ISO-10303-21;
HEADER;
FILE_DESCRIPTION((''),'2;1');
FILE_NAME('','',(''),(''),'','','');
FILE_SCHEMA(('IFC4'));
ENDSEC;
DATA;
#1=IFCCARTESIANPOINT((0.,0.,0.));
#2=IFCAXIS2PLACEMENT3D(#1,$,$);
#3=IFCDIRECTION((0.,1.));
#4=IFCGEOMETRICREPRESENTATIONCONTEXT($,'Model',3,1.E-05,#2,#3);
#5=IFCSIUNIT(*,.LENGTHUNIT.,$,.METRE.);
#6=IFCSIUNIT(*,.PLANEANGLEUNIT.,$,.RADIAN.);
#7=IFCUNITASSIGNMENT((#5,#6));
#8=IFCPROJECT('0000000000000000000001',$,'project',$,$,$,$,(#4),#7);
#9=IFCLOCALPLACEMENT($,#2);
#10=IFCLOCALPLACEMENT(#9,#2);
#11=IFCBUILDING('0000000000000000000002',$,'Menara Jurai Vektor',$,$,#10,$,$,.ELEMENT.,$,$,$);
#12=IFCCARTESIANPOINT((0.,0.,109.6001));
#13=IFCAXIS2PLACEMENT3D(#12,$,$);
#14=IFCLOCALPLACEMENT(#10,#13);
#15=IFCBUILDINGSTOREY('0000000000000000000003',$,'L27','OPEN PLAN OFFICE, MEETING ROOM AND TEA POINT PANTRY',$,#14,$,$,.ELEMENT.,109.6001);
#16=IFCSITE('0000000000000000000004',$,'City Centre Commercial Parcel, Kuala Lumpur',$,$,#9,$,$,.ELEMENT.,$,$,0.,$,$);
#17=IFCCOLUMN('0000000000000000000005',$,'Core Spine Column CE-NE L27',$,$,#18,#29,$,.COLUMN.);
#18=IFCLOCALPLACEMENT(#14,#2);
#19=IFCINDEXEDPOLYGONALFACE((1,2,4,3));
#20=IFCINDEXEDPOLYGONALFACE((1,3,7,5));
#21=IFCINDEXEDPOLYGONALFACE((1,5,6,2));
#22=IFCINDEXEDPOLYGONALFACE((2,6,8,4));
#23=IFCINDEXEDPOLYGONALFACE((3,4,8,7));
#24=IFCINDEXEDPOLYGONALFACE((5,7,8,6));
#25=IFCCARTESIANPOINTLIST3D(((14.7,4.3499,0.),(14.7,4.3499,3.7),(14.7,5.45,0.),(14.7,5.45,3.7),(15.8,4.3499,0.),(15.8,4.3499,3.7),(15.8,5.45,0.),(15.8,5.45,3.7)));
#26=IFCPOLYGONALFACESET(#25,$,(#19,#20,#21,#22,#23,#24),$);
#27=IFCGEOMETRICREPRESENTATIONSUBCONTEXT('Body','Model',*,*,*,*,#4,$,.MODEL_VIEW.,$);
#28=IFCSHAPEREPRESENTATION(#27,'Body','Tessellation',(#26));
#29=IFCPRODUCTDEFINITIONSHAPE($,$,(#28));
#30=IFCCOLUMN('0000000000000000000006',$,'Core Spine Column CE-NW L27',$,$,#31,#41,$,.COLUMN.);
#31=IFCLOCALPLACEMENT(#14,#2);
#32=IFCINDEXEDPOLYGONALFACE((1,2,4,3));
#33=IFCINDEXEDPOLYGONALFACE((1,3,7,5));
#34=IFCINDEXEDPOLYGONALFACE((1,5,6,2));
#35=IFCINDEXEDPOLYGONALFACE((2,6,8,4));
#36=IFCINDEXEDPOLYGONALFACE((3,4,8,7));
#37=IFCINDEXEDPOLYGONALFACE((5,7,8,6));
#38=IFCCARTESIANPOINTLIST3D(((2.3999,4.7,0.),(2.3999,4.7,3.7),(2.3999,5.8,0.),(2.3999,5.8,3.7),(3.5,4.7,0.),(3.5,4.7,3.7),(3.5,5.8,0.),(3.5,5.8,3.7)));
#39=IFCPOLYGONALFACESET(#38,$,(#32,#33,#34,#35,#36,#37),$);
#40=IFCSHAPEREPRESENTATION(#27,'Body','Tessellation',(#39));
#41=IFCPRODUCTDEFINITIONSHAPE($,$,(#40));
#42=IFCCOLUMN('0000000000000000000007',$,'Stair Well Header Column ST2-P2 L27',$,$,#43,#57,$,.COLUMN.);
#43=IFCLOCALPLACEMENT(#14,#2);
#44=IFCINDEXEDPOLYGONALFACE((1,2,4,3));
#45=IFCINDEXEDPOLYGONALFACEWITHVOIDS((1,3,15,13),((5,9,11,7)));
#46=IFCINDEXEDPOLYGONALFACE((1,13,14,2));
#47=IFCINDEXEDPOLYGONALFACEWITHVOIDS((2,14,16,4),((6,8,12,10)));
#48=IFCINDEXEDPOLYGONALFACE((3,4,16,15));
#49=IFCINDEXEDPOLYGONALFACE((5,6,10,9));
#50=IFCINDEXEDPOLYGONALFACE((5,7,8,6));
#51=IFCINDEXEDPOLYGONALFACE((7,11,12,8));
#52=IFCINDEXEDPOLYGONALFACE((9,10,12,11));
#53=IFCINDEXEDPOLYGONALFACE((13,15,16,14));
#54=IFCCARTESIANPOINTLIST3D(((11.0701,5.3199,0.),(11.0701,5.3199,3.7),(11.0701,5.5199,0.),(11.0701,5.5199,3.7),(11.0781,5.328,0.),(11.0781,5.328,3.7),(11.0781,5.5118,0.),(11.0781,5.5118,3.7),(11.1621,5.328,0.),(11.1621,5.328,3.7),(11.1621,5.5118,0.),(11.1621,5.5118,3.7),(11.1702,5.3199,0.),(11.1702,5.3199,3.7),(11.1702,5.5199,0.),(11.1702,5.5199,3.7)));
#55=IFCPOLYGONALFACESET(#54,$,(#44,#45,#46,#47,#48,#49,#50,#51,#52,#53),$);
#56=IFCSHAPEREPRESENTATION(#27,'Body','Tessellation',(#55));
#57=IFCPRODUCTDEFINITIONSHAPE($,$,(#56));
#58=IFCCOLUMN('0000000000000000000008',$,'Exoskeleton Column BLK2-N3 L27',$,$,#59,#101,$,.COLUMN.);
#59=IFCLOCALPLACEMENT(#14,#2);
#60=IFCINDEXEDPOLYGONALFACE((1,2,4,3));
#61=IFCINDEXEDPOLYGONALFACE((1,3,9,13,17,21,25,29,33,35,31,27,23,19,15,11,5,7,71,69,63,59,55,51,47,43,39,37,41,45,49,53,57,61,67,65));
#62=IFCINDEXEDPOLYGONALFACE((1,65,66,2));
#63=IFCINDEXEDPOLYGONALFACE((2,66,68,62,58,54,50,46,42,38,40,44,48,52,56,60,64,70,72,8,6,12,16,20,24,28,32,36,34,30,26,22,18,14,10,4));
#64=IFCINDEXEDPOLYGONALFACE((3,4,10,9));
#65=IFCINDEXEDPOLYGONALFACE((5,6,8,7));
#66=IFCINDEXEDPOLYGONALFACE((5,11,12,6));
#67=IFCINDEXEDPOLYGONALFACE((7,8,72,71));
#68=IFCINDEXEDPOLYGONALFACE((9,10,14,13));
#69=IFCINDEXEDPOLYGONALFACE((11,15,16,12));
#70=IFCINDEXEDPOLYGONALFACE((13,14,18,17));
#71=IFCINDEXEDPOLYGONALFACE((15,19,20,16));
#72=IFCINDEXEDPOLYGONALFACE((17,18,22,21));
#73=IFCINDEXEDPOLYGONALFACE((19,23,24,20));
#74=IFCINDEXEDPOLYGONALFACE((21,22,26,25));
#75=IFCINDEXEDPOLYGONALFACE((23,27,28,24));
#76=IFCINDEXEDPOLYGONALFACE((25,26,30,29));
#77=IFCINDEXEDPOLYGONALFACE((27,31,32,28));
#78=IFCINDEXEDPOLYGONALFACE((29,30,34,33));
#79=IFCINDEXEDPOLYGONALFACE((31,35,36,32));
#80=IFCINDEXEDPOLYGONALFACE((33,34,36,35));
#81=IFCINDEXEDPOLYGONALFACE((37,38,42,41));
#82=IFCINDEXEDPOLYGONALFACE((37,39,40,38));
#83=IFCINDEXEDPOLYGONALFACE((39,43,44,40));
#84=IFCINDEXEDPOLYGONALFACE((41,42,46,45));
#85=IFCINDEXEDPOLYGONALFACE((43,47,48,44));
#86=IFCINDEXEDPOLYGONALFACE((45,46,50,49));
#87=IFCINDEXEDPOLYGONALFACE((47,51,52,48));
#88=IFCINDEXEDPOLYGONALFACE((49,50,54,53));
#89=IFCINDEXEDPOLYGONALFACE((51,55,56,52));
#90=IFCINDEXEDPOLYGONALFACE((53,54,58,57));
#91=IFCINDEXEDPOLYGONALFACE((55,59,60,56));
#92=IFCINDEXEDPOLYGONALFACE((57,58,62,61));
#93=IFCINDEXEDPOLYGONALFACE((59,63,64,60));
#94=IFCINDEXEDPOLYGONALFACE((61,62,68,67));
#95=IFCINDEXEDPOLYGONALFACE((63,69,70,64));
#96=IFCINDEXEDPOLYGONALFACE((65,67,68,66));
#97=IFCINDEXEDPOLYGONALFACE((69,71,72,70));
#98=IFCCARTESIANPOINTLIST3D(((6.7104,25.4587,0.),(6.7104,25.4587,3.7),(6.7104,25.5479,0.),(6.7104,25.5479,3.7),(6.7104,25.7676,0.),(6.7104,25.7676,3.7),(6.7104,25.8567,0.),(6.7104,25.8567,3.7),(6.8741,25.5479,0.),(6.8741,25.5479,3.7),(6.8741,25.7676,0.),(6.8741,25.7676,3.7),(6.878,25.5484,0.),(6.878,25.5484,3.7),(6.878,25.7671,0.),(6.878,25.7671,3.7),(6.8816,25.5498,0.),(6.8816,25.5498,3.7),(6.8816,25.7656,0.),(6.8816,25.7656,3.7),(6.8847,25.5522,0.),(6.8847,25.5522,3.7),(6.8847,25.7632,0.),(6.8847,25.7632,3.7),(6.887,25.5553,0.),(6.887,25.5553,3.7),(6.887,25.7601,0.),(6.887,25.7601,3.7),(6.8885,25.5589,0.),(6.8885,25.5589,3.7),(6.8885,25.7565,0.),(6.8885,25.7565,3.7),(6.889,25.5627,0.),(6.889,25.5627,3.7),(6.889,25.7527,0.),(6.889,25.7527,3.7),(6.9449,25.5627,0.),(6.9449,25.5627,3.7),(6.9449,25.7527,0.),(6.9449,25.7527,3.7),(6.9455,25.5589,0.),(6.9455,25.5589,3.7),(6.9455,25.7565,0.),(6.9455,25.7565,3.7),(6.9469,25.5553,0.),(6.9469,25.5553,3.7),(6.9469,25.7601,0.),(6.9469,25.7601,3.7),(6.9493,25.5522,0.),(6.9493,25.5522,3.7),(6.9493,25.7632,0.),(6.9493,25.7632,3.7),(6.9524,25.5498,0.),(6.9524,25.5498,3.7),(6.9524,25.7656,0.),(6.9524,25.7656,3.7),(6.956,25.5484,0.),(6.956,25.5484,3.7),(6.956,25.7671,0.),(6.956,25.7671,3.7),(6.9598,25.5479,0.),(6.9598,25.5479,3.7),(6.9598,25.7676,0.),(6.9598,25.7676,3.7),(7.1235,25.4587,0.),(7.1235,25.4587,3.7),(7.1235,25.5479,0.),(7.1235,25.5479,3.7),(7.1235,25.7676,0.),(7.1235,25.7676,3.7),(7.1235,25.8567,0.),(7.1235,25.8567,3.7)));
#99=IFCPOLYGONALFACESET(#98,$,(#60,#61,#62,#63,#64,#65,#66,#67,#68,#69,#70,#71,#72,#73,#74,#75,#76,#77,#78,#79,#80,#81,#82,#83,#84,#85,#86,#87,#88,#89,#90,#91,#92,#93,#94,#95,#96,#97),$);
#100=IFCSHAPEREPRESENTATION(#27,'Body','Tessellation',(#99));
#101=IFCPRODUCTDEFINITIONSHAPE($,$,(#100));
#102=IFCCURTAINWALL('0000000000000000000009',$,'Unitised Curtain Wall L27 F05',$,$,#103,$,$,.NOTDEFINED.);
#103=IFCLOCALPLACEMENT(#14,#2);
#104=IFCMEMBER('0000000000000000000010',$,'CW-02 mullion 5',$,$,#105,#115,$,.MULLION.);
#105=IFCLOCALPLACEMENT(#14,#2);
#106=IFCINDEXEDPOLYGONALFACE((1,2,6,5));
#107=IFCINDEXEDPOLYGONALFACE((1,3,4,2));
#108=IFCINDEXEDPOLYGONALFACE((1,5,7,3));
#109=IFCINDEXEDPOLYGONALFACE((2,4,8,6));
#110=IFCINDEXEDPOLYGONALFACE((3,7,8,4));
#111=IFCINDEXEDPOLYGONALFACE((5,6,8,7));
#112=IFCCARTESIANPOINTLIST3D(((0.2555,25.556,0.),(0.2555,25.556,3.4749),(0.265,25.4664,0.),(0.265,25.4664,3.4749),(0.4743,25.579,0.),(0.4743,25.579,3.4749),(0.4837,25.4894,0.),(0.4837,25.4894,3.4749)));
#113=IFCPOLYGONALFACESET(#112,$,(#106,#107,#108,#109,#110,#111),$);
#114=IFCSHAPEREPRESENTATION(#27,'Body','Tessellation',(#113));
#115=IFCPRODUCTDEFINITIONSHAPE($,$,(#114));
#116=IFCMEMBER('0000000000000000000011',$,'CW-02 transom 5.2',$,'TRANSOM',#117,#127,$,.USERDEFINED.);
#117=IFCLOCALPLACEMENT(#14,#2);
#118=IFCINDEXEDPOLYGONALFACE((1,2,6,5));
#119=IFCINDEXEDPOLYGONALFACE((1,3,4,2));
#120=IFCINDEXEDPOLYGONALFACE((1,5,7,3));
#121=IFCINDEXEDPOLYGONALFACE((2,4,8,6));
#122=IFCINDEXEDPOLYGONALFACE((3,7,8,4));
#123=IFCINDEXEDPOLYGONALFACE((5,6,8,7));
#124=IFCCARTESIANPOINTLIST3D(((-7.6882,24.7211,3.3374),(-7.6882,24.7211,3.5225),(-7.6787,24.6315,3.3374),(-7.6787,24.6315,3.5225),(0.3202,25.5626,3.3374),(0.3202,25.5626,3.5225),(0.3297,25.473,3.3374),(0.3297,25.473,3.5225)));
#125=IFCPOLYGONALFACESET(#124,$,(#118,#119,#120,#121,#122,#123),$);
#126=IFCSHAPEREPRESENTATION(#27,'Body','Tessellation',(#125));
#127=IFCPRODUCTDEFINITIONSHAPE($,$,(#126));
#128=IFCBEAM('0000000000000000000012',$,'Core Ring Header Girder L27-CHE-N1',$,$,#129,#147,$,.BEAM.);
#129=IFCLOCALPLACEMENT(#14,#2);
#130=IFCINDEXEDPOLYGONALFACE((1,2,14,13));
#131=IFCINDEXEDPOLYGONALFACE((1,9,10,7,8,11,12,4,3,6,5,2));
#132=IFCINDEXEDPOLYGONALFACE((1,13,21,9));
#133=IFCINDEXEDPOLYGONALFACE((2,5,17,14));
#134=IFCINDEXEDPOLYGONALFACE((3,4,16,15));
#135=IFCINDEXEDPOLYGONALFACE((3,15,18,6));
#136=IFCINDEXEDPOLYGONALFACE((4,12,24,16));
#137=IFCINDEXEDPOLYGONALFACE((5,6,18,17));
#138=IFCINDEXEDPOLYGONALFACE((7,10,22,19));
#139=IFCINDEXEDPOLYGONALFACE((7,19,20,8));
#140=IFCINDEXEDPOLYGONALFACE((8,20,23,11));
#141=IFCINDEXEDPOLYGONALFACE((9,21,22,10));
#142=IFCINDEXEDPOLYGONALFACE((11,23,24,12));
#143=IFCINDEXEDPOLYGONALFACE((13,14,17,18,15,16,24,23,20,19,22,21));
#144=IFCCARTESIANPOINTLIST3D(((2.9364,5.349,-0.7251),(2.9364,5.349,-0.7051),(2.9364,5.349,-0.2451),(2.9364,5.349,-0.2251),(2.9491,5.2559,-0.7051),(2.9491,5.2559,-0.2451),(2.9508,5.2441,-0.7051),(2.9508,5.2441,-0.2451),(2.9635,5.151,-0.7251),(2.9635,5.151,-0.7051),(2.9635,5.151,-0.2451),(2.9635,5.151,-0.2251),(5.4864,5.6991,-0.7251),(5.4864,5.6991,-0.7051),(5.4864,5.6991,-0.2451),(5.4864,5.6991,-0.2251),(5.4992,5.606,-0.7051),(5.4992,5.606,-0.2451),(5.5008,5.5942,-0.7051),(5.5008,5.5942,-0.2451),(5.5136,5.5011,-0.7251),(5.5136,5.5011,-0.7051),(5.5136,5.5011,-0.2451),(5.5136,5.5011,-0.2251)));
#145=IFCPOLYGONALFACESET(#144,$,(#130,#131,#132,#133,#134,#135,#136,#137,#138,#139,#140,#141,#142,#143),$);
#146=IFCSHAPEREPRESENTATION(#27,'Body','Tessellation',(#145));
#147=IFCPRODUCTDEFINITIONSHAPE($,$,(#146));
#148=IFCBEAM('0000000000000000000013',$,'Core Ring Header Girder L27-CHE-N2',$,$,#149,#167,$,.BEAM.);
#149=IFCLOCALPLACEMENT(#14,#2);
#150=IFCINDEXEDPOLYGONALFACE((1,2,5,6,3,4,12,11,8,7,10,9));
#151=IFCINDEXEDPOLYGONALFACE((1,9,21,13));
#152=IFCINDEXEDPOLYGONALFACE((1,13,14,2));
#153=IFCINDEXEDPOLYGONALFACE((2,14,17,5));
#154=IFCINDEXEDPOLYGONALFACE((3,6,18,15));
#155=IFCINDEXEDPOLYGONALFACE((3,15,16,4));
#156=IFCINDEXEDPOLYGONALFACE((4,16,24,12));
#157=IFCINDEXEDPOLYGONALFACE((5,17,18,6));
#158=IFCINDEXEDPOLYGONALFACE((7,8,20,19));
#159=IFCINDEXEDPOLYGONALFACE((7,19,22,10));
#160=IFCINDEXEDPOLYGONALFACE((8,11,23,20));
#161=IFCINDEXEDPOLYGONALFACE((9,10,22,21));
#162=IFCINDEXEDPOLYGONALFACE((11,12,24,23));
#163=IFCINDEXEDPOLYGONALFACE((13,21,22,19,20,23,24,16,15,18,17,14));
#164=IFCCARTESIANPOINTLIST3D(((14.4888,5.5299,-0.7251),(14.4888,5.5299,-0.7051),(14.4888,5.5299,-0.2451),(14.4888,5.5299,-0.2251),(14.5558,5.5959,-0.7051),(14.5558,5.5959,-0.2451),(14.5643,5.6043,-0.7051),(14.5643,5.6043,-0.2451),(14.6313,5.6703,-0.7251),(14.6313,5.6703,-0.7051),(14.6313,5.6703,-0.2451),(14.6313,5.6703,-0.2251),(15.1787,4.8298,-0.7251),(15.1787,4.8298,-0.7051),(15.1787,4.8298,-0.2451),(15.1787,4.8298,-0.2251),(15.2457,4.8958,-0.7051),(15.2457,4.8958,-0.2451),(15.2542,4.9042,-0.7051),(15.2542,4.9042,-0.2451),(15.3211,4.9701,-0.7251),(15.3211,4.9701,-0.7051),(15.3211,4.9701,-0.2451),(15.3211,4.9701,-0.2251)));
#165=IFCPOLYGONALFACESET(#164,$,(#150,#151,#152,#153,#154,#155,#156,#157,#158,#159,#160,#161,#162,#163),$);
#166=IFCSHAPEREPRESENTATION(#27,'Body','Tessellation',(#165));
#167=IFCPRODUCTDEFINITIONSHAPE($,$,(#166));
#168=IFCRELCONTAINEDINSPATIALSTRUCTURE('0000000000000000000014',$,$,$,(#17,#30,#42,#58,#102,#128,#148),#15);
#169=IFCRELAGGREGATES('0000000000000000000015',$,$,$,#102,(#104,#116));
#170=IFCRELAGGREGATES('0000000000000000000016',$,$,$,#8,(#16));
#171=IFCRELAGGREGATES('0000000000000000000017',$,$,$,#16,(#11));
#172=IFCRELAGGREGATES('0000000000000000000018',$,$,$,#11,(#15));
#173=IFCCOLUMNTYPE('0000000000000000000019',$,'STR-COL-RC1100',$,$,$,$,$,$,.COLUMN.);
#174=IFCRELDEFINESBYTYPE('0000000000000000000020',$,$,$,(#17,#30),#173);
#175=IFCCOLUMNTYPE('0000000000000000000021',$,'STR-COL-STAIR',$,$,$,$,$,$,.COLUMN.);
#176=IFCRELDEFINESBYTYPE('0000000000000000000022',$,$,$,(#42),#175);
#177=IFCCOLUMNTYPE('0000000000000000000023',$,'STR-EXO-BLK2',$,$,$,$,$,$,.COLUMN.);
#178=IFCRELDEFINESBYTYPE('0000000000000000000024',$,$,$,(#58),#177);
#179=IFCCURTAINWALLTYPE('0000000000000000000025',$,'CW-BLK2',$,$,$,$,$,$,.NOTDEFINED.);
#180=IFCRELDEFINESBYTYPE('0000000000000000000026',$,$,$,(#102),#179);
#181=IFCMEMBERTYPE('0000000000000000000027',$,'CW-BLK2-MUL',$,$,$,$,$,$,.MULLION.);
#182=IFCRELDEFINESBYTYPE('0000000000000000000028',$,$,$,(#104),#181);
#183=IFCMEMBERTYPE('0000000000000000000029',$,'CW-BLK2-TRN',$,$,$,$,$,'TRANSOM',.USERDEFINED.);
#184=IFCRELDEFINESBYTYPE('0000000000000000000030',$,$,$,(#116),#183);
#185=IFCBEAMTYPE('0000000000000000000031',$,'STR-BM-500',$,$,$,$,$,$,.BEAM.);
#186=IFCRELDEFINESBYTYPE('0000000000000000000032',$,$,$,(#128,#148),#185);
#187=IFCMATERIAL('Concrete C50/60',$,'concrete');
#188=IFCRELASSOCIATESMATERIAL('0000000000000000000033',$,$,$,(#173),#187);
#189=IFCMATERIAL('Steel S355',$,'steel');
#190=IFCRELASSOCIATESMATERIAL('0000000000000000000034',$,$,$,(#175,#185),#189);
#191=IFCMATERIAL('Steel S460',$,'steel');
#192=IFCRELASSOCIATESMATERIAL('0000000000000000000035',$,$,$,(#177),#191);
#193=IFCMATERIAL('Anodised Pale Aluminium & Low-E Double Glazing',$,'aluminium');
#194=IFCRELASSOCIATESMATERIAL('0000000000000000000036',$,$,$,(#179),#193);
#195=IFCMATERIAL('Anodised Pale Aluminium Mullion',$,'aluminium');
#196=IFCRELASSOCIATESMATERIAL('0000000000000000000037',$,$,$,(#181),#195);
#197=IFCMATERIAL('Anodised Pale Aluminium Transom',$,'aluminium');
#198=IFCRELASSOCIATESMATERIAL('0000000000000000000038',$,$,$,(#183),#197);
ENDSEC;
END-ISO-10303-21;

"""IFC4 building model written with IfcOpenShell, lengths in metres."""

from ifc_helpers import new_model, si_unit, direction, frame, origin, origin_2d, place, context, subcontext, project, spatial, rectangle, hollow_rectangle, i_section, extrude, material, material_profile, profile_set, type_object, element, aggregate, save


model = new_model("IFC4")

# Units and contexts
model_context = context("Model", 3, precision=1e-05, world=origin(), true_north=direction((0.0, 1.0)))
body_context = subcontext(model_context, "Body", "Model", "MODEL_VIEW")
ifc_project = project(units=[si_unit("LENGTHUNIT", "METRE"), si_unit("PLANEANGLEUNIT", "RADIAN")], contexts=[model_context])

# Site, building, storey
site_placement = place(None, origin())
site = spatial("IfcSite", under=ifc_project, at=site_placement, Name="City Centre Commercial Parcel, Kuala Lumpur", CompositionType="ELEMENT", RefElevation=0.0)
building_placement = place(site_placement, origin())
building = spatial("IfcBuilding", under=site, at=building_placement, Name="Menara Jurai Vektor", CompositionType="ELEMENT")
storey_placement = place(building_placement, frame((0.0, 0.0, 109.6001)))
storey = spatial("IfcBuildingStorey", under=building, at=storey_placement, Name="L27", Description="OPEN PLAN OFFICE, MEETING ROOM AND TEA POINT PANTRY", CompositionType="ELEMENT", Elevation=109.6001)

# Columns
ifc_material_1 = material(Name="Concrete C50/60", Category="concrete")
ifc_material_profile_1 = material_profile(ifc_material_1, rectangle(XDim=1.1001, YDim=1.1001, at=origin_2d()), Name="RC 1100x1100")
ifc_profile_set_1 = profile_set([ifc_material_profile_1], Name="Concrete C50/60")
column_type_1 = type_object("IfcColumnType", Name="STR-COL-RC1100", PredefinedType="COLUMN", material=ifc_profile_set_1)
for number, where, z_axis, x_axis, name in (
    (1, (15.25, 4.8999, 0.0), (0.0, 0.0, 1.0), (1.0, 0.0, 0.0), "Core Spine Column CE-NE L27"),
    (2, (2.95, 5.25, 0.0), (0.0, 0.0, 1.0), (1.0, 0.0, 0.0), "Core Spine Column CE-NW L27"),
):
    element("IfcColumn", number, at=place(storey_placement, frame(where, z_axis=z_axis, x_axis=x_axis)), inside=storey, type_object=column_type_1, Name=name, PredefinedType="COLUMN", context=body_context, shape_type="SweptSolid", body=[
        extrude(rectangle(XDim=1.1001, YDim=1.1001, at=origin_2d()), origin(), (0.0, 0.0, 1.0), 3.7),
    ])
ifc_material_2 = material(Name="Steel S355", Category="steel")
ifc_material_profile_2 = material_profile(ifc_material_2, hollow_rectangle(XDim=0.1001, YDim=0.2, WallThickness=0.0081, at=origin_2d()), Name="RHS 200x100x8")
ifc_profile_set_2 = profile_set([ifc_material_profile_2], Name="Steel S355")
column_type_2 = type_object("IfcColumnType", Name="STR-COL-STAIR", PredefinedType="COLUMN", material=ifc_profile_set_2)
column_1_placement = place(storey_placement, frame((11.1201, 5.4199, 0.0), z_axis=(0.0, 0.0, 1.0), x_axis=(1.0, 0.0, 0.0)))
element("IfcColumn", 3, at=column_1_placement, inside=storey, type_object=column_type_2, Name="Stair Well Header Column ST2-P2 L27", PredefinedType="COLUMN", context=body_context, shape_type="SweptSolid", body=[
    extrude(hollow_rectangle(XDim=0.1001, YDim=0.2, WallThickness=0.0081, at=origin_2d()), origin(), (0.0, 0.0, 1.0), 3.7),
])
ifc_material_3 = material(Name="Steel S460", Category="steel")
ifc_material_profile_3 = material_profile(ifc_material_3, i_section(OverallWidth=0.4131, OverallDepth=0.3979, WebThickness=0.0559, FlangeThickness=0.0891, FilletRadius=0.0149, at=origin_2d()), Name="HD 400x744")
ifc_profile_set_3 = profile_set([ifc_material_profile_3], Name="Steel S460")
column_type_3 = type_object("IfcColumnType", Name="STR-EXO-BLK2", PredefinedType="COLUMN", material=ifc_profile_set_3)
column_2_placement = place(storey_placement, frame((6.917, 25.6577, 0.0), z_axis=(0.0, 0.0, 1.0), x_axis=(1.0, 0.0, 0.0)))
element("IfcColumn", 4, at=column_2_placement, inside=storey, type_object=column_type_3, Name="Exoskeleton Column BLK2-N3 L27", PredefinedType="COLUMN", context=body_context, shape_type="SweptSolid", body=[
    extrude(i_section(OverallWidth=0.4131, OverallDepth=0.3979, WebThickness=0.0559, FlangeThickness=0.0891, FilletRadius=0.0149, at=origin_2d()), origin(), (0.0, 0.0, 1.0), 3.7),
])

# Curtain wall, members
ifc_material_4 = material(Name="Anodised Pale Aluminium & Low-E Double Glazing", Category="aluminium")
curtain_wall_type = type_object("IfcCurtainWallType", Name="CW-BLK2", PredefinedType="NOTDEFINED", material=ifc_material_4)
curtain_wall_placement = place(storey_placement, origin())
curtain_wall = element("IfcCurtainWall", 5, at=curtain_wall_placement, inside=storey, type_object=curtain_wall_type, Name="Unitised Curtain Wall L27 F05", PredefinedType="NOTDEFINED")
ifc_material_5 = material(Name="Anodised Pale Aluminium Mullion", Category="aluminium")
ifc_material_profile_4 = material_profile(ifc_material_5, rectangle(XDim=0.0901, YDim=0.22, at=origin_2d()), Name="ALU MUL 90x220")
ifc_profile_set_4 = profile_set([ifc_material_profile_4], Name="Anodised Pale Aluminium Mullion")
member_type_1 = type_object("IfcMemberType", Name="CW-BLK2-MUL", PredefinedType="MULLION", material=ifc_profile_set_4)
member_1_placement = place(storey_placement, frame((0.3696, 25.5227, 0.0), z_axis=(0.0, 0.0, 1.0), x_axis=(0.104529, -0.994522, 0.0)))
member_1 = element("IfcMember", 6, at=member_1_placement, type_object=member_type_1, Name="CW-02 mullion 5", PredefinedType="MULLION", context=body_context, shape_type="SweptSolid", body=[
    extrude(rectangle(XDim=0.0901, YDim=0.22, at=origin_2d()), origin(), (0.0, 0.0, 1.0), 3.4749),
])
ifc_material_6 = material(Name="Anodised Pale Aluminium Transom", Category="aluminium")
ifc_material_profile_5 = material_profile(ifc_material_6, rectangle(XDim=0.0901, YDim=0.1851, at=origin_2d()), Name="ALU TRN 90x185")
ifc_profile_set_5 = profile_set([ifc_material_profile_5], Name="Anodised Pale Aluminium Transom")
member_type_2 = type_object("IfcMemberType", Name="CW-BLK2-TRN", ElementType="TRANSOM", PredefinedType="USERDEFINED", material=ifc_profile_set_5)
member_2_placement = place(storey_placement, frame((0.325, 25.5178, 3.4299), z_axis=(-0.994524, -0.10451, 0.0), x_axis=(0.10451, -0.994524, 0.0)))
member_2 = element("IfcMember", 7, at=member_2_placement, type_object=member_type_2, Name="CW-02 transom 5.2", ObjectType="TRANSOM", PredefinedType="USERDEFINED", context=body_context, shape_type="SweptSolid", body=[
    extrude(rectangle(XDim=0.0901, YDim=0.1851, at=origin_2d()), origin(), (0.0, 0.0, 1.0), 8.0525),
])
aggregate(curtain_wall, [member_1, member_2])

# Beams
ifc_material_profile_6 = material_profile(ifc_material_2, i_section(OverallWidth=0.2, OverallDepth=0.5, WebThickness=0.012, FlangeThickness=0.02, at=origin_2d()), Name="PG 500x200x96")
ifc_profile_set_6 = profile_set([ifc_material_profile_6], Name="Steel S355")
beam_type_1 = type_object("IfcBeamType", Name="STR-BM-500", PredefinedType="BEAM", material=ifc_profile_set_6)
beam_1_placement = place(storey_placement, frame((2.95, 5.25, -0.4751), z_axis=(0.990707, 0.136015, 0.0), x_axis=(-0.136015, 0.990707, 0.0)))
element("IfcBeam", 8, at=beam_1_placement, inside=storey, type_object=beam_type_1, Name="Core Ring Header Girder L27-CHE-N1", PredefinedType="BEAM", context=body_context, shape_type="SweptSolid", body=[
    extrude(i_section(OverallWidth=0.2, OverallDepth=0.5, WebThickness=0.012, FlangeThickness=0.02, at=origin_2d()), origin(), (0.0, 0.0, 1.0), 2.574),
])
beam_2_placement = place(storey_placement, frame((14.5601, 5.6001, -0.4751), z_axis=(0.701872, -0.712303, 0.0), x_axis=(0.712303, 0.701872, 0.0)))
element("IfcBeam", 9, at=beam_2_placement, inside=storey, type_object=beam_type_1, Name="Core Ring Header Girder L27-CHE-N2", PredefinedType="BEAM", context=body_context, shape_type="SweptSolid", body=[
    extrude(i_section(OverallWidth=0.2, OverallDepth=0.5, WebThickness=0.012, FlangeThickness=0.02, at=origin_2d()), origin(), (0.0, 0.0, 1.0), 0.9829),
])

save(model, "model.ifc")
